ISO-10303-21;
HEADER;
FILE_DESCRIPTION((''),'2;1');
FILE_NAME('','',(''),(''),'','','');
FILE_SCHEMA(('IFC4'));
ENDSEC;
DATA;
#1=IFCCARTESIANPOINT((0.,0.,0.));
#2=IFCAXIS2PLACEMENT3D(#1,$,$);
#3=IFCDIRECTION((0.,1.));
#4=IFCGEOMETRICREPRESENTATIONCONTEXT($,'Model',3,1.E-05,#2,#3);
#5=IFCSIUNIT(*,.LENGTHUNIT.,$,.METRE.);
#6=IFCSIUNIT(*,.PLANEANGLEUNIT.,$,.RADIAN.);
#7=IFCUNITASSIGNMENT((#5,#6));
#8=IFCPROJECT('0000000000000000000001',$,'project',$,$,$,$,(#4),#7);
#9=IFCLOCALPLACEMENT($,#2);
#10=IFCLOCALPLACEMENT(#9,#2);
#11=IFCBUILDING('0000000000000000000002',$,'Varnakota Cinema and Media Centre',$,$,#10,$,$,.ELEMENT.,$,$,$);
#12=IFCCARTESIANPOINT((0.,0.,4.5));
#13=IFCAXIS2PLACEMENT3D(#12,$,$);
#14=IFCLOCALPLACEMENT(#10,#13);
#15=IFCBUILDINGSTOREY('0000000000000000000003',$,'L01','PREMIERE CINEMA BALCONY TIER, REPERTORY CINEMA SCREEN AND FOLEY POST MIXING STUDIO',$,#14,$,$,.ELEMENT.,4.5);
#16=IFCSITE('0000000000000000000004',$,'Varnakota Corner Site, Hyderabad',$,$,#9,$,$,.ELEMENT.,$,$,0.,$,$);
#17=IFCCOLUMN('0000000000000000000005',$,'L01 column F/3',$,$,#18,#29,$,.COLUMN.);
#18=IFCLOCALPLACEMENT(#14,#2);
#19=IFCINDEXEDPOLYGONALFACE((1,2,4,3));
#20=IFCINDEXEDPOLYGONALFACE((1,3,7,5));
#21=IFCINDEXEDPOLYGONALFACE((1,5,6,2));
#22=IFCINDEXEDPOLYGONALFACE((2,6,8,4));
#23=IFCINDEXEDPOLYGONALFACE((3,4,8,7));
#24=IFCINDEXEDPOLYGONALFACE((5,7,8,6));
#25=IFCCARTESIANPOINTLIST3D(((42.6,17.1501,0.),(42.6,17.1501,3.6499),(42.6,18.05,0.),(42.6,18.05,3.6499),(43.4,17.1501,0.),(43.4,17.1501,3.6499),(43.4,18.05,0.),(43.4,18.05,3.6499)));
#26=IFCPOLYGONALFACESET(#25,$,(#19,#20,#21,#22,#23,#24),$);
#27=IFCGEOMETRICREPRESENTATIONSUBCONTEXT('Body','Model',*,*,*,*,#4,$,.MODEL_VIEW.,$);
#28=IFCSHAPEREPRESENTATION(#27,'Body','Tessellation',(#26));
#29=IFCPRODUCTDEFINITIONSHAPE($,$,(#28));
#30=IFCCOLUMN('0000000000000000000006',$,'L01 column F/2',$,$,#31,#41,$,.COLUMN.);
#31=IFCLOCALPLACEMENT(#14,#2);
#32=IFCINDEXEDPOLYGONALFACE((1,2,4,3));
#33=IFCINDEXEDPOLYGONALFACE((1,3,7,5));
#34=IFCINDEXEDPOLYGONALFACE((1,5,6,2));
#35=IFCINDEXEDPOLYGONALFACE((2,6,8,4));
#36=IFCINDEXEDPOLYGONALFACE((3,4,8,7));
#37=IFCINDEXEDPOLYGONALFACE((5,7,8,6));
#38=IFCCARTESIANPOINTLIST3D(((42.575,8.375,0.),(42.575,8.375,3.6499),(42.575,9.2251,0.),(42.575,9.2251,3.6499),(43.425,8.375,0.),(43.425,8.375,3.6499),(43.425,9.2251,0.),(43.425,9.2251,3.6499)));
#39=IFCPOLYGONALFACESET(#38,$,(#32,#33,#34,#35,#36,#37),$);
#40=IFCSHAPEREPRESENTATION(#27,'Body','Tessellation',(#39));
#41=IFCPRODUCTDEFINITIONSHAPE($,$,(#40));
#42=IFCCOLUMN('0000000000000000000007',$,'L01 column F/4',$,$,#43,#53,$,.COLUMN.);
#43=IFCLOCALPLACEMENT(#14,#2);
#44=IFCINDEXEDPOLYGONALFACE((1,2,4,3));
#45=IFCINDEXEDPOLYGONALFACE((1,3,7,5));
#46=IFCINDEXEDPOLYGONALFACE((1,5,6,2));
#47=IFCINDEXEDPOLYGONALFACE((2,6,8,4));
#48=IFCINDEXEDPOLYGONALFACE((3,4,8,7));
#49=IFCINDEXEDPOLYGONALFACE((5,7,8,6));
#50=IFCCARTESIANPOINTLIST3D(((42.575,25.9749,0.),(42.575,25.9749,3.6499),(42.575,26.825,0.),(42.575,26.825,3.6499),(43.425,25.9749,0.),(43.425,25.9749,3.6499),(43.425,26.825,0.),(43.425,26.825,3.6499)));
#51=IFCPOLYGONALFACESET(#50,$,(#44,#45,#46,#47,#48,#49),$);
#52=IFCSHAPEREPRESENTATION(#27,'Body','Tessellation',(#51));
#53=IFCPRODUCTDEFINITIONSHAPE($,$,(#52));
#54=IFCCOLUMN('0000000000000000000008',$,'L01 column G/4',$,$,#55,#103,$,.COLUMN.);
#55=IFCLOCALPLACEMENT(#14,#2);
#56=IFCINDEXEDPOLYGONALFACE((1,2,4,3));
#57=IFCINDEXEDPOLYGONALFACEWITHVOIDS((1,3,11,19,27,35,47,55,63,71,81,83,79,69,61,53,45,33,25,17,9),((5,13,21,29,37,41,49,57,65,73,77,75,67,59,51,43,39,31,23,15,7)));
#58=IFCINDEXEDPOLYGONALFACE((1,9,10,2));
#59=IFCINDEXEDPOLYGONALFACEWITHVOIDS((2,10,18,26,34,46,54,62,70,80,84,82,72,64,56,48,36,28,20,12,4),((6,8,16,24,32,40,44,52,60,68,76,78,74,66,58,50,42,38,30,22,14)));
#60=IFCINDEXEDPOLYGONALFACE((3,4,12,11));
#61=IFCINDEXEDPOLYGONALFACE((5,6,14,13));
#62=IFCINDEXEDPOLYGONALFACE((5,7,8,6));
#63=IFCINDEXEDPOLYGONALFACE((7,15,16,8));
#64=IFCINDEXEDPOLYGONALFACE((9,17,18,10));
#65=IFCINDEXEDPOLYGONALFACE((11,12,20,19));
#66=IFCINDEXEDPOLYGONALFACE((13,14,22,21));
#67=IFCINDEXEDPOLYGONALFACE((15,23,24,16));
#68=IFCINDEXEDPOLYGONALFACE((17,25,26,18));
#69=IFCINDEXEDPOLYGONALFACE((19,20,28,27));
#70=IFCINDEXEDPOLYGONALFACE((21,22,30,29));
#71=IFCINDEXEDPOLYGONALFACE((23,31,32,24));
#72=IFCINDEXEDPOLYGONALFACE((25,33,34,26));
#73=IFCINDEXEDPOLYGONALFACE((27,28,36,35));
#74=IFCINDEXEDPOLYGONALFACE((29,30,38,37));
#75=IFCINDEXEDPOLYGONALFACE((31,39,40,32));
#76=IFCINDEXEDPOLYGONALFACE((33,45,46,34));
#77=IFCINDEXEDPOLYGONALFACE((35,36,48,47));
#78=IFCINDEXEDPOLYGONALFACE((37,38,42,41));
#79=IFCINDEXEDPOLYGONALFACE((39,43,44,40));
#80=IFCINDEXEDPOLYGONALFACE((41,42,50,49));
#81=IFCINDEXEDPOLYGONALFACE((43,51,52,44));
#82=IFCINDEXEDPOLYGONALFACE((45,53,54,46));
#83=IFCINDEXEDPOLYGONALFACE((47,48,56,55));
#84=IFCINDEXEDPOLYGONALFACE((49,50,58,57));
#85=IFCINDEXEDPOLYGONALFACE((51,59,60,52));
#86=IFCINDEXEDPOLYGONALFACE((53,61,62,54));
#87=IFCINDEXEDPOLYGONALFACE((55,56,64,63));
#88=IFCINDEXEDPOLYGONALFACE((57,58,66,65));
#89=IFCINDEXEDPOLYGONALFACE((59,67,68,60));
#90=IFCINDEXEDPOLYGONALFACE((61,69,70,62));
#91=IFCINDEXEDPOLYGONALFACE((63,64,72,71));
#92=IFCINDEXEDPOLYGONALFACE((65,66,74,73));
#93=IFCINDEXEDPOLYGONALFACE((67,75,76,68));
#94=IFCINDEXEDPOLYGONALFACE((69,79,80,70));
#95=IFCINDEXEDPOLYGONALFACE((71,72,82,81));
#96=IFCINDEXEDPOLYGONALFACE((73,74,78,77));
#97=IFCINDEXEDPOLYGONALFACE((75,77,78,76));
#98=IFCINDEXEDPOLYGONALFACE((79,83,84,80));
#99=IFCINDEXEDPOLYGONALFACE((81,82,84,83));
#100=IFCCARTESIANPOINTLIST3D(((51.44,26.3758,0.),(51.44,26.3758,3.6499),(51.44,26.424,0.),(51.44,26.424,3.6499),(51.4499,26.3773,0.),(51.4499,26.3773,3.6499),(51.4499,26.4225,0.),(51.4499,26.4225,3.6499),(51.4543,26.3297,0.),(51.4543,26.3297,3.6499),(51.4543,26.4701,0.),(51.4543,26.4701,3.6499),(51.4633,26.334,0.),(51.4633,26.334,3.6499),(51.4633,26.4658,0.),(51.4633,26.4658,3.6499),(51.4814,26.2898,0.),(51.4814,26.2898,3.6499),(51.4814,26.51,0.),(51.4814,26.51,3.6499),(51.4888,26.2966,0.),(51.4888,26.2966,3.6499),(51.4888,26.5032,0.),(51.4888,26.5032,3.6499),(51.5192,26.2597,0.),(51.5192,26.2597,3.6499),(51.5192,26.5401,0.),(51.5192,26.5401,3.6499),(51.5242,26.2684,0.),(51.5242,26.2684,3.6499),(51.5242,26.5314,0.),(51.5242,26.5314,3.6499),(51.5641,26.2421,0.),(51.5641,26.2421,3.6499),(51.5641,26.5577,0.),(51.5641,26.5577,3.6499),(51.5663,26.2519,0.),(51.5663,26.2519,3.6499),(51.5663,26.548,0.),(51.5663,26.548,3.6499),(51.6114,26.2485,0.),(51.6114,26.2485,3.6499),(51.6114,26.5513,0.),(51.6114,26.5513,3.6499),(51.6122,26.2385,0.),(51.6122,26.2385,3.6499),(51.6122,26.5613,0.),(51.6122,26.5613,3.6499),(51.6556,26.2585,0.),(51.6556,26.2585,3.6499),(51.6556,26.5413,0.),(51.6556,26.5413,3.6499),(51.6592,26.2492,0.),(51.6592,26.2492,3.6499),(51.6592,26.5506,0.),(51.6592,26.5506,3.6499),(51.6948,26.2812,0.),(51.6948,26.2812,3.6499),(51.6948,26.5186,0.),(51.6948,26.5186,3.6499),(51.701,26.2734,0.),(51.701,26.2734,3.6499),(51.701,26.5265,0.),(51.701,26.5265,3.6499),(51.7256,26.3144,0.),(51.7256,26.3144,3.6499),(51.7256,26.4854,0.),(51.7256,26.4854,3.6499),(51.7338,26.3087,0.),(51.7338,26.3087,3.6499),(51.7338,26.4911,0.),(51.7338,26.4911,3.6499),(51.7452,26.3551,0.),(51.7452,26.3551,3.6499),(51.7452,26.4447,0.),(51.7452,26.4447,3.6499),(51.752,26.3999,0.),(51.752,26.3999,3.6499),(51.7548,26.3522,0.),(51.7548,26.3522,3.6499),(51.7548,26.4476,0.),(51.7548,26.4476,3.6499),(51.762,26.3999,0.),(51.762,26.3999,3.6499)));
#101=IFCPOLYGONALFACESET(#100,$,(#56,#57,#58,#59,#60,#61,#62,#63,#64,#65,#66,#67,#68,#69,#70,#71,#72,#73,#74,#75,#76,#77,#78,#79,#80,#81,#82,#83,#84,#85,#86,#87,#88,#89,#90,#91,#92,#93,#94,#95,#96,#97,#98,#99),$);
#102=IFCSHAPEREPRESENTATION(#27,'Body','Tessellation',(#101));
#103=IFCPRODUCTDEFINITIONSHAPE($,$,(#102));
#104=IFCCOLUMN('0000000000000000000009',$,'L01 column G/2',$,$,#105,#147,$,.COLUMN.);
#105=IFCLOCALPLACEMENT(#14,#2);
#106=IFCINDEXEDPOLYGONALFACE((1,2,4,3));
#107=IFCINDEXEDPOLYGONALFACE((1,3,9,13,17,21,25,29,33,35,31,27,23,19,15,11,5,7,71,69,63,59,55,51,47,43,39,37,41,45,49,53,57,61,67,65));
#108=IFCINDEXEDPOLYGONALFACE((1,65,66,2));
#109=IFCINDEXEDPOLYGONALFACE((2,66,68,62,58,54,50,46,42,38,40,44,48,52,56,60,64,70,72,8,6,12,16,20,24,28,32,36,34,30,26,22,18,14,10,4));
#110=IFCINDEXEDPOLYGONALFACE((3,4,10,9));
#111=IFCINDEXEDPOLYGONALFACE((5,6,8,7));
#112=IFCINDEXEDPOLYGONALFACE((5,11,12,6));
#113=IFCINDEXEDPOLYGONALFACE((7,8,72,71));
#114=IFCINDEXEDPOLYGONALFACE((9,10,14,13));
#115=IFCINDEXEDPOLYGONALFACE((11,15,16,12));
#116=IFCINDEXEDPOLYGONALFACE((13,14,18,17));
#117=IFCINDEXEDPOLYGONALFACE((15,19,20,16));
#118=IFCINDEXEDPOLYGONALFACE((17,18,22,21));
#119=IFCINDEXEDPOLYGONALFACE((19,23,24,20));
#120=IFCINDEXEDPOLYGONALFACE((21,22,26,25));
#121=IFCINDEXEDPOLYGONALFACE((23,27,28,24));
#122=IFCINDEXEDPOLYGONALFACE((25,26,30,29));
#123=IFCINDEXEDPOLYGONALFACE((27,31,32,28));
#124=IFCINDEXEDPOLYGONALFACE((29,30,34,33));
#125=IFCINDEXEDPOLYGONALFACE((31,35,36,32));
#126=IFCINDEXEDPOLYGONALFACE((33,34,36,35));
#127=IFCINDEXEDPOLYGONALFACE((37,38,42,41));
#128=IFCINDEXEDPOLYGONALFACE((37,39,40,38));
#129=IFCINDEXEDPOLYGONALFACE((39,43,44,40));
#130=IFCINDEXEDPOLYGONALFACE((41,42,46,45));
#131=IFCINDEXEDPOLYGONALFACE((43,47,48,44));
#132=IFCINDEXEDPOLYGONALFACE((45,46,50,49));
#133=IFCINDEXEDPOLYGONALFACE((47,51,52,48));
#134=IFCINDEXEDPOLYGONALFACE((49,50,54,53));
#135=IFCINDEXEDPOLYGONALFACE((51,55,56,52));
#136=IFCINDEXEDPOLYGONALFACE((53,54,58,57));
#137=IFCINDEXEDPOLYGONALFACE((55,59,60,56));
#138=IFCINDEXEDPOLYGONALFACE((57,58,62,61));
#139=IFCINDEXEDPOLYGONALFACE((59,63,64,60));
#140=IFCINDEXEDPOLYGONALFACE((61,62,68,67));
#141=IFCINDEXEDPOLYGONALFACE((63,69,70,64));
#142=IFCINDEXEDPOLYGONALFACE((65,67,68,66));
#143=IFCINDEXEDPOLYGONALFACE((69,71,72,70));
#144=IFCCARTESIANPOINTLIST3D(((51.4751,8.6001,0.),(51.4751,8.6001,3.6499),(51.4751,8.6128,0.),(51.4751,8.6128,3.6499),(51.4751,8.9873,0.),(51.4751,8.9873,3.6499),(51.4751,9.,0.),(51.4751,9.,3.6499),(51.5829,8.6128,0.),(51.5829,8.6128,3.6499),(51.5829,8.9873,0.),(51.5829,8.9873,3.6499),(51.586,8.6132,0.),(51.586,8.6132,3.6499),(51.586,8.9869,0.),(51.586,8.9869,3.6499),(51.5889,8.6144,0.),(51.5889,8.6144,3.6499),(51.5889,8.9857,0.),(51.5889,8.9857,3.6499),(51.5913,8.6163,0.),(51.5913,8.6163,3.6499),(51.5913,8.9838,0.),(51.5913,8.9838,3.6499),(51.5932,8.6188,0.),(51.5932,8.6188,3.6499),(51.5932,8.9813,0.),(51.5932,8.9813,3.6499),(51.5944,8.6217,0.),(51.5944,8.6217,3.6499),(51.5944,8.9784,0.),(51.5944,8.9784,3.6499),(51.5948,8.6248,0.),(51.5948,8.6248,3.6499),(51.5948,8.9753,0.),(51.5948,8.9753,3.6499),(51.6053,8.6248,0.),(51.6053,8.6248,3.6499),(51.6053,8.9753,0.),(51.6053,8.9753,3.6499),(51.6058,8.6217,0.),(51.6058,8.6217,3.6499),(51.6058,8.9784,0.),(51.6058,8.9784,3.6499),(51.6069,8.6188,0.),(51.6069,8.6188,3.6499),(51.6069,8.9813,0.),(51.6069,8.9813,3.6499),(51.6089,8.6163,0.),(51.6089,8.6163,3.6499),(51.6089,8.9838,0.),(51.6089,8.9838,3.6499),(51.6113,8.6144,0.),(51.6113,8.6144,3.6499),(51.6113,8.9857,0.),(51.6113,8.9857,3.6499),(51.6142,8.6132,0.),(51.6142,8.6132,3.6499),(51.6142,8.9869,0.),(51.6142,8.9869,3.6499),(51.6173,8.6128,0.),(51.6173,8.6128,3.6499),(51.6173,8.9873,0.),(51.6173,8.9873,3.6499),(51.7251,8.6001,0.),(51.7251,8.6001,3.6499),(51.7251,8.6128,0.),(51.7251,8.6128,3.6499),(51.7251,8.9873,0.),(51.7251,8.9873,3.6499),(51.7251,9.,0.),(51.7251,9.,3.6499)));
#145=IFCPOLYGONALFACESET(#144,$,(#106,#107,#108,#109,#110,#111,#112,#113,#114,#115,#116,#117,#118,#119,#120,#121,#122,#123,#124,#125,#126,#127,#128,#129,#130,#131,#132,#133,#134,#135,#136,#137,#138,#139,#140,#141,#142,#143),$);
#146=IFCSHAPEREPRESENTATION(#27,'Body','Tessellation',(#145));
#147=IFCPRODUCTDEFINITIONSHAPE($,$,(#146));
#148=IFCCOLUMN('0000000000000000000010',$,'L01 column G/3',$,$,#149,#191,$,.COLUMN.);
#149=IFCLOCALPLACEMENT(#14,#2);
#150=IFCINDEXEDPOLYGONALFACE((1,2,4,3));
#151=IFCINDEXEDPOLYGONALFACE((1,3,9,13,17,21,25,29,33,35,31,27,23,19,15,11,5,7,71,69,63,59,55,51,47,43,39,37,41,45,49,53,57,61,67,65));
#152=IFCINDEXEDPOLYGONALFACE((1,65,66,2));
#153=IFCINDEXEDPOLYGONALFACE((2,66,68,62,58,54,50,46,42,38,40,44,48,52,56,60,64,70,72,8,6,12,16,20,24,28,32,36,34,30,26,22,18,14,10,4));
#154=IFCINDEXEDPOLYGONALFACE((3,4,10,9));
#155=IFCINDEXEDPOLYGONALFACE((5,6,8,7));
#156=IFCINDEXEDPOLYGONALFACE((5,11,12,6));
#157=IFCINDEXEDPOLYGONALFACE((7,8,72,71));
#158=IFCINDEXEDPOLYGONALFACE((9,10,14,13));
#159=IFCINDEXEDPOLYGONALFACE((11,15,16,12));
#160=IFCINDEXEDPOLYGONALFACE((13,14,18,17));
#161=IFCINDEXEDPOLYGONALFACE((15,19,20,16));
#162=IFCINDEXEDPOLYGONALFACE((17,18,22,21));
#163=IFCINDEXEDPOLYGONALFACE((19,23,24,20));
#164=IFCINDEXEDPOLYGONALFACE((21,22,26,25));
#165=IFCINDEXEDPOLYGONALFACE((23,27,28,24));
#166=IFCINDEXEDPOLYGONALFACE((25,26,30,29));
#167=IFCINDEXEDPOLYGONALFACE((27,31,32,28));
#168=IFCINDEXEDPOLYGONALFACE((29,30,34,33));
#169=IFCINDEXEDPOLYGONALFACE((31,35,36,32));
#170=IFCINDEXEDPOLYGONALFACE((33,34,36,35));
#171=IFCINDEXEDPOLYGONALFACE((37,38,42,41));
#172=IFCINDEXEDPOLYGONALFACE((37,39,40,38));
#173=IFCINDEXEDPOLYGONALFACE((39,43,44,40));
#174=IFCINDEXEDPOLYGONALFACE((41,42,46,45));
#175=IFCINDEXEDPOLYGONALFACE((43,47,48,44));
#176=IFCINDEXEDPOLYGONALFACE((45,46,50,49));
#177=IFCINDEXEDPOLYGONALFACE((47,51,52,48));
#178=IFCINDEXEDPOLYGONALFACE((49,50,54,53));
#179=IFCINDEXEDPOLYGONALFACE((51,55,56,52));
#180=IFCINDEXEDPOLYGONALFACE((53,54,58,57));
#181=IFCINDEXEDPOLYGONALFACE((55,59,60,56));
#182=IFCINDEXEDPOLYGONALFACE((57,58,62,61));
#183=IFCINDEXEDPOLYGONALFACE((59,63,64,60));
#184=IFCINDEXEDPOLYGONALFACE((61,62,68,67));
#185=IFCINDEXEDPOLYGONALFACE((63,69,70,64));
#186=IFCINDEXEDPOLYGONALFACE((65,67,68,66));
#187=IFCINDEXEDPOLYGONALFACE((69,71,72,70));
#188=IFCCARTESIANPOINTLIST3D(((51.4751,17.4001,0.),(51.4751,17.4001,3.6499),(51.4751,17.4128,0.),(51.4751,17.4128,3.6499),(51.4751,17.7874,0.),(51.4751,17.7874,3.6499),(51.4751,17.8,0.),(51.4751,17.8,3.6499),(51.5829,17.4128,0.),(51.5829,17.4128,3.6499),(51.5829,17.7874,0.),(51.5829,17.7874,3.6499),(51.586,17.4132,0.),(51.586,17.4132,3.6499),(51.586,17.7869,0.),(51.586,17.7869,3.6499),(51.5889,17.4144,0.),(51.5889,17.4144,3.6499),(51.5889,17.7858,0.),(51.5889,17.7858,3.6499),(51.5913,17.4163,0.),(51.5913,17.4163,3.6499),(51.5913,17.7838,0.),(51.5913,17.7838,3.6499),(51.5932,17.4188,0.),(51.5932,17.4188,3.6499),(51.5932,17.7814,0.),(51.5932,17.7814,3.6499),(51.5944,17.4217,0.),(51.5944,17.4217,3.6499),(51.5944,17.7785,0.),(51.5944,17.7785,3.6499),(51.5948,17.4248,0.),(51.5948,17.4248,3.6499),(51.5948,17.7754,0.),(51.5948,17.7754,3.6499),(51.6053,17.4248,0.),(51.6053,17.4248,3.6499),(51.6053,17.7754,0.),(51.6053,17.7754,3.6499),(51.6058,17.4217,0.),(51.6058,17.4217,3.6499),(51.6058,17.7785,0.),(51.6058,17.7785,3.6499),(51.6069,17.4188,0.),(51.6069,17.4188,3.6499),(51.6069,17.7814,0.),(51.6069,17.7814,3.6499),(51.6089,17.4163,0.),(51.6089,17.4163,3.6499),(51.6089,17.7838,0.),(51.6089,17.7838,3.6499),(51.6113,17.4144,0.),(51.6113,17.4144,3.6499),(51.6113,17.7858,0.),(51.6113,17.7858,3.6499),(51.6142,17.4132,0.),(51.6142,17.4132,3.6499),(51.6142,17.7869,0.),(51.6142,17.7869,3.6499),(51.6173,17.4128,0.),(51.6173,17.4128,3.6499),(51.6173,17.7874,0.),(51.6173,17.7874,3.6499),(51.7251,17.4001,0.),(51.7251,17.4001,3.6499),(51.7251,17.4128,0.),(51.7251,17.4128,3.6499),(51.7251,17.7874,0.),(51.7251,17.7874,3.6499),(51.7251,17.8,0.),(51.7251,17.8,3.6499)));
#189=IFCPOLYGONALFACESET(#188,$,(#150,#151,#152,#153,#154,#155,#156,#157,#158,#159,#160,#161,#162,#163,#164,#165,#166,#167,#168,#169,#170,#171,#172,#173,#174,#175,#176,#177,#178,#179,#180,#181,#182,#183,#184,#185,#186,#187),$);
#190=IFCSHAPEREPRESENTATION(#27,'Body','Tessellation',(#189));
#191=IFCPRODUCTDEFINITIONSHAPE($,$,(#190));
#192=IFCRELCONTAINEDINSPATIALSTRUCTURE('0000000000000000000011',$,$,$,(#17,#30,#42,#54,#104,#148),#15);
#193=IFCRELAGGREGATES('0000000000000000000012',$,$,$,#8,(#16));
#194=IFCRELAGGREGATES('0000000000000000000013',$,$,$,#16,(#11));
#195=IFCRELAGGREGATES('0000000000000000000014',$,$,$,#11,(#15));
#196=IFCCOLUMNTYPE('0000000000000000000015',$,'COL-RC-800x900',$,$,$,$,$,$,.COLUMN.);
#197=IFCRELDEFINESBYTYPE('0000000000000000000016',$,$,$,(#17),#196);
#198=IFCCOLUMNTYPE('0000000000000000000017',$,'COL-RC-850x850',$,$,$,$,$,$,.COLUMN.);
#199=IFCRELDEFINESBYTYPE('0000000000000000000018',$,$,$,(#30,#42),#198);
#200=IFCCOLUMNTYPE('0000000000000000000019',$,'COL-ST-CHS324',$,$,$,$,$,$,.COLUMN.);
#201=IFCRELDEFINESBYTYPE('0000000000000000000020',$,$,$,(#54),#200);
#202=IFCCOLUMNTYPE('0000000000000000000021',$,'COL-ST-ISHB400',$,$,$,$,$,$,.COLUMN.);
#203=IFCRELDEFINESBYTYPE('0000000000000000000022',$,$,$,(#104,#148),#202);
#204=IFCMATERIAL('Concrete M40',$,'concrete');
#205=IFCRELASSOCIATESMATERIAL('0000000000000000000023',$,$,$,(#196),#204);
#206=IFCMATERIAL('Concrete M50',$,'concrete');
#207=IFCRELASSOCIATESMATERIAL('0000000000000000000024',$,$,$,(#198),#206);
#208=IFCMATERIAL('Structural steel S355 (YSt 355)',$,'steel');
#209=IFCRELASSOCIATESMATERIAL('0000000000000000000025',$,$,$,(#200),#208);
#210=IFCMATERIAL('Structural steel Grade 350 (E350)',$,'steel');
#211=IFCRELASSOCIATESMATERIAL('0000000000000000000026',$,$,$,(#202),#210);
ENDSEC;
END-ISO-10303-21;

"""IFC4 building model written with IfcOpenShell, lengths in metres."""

from ifc_helpers import new_model, si_unit, direction, frame, origin, origin_2d, place, context, subcontext, project, spatial, rectangle, hollow_circle, i_section, extrude, material, material_profile, profile_set, type_object, element, save


model = new_model("IFC4")

# Units and contexts
model_context = context("Model", 3, precision=1e-05, world=origin(), true_north=direction((0.0, 1.0)))
body_context = subcontext(model_context, "Body", "Model", "MODEL_VIEW")
ifc_project = project(units=[si_unit("LENGTHUNIT", "METRE"), si_unit("PLANEANGLEUNIT", "RADIAN")], contexts=[model_context])

# Site, building, storey
site_placement = place(None, origin())
site = spatial("IfcSite", under=ifc_project, at=site_placement, Name="Varnakota Corner Site, Hyderabad", CompositionType="ELEMENT", RefElevation=0.0)
building_placement = place(site_placement, origin())
building = spatial("IfcBuilding", under=site, at=building_placement, Name="Varnakota Cinema and Media Centre", CompositionType="ELEMENT")
storey_placement = place(building_placement, frame((0.0, 0.0, 4.5)))
storey = spatial("IfcBuildingStorey", under=building, at=storey_placement, Name="L01", Description="PREMIERE CINEMA BALCONY TIER, REPERTORY CINEMA SCREEN AND FOLEY POST MIXING STUDIO", CompositionType="ELEMENT", Elevation=4.5)

# Columns
ifc_material_1 = material(Name="Concrete M40", Category="concrete")
ifc_material_profile_1 = material_profile(ifc_material_1, rectangle(XDim=0.8, YDim=0.8999, at=origin_2d()), Name="RC 800x900")
ifc_profile_set_1 = profile_set([ifc_material_profile_1], Name="Concrete M40")
column_type_1 = type_object("IfcColumnType", Name="COL-RC-800x900", PredefinedType="COLUMN", material=ifc_profile_set_1)
column_1_placement = place(storey_placement, frame((43.0, 17.6001, 0.0), z_axis=(0.0, 0.0, 1.0), x_axis=(1.0, 0.0, 0.0)))
element("IfcColumn", 1, at=column_1_placement, inside=storey, type_object=column_type_1, Name="L01 column F/3", PredefinedType="COLUMN", context=body_context, shape_type="SweptSolid", body=[
    extrude(rectangle(XDim=0.8, YDim=0.8999, at=origin_2d()), origin(), (0.0, 0.0, 1.0), 3.6499),
])
ifc_material_2 = material(Name="Concrete M50", Category="concrete")
ifc_material_profile_2 = material_profile(ifc_material_2, rectangle(XDim=0.8501, YDim=0.8501, at=origin_2d()), Name="RC 850x850")
ifc_profile_set_2 = profile_set([ifc_material_profile_2], Name="Concrete M50")
column_type_2 = type_object("IfcColumnType", Name="COL-RC-850x850", PredefinedType="COLUMN", material=ifc_profile_set_2)
for number, where, z_axis, x_axis, name in (
    (2, (43.0, 8.8, 0.0), (0.0, 0.0, 1.0), (1.0, 0.0, 0.0), "L01 column F/2"),
    (3, (43.0, 26.3999, 0.0), (0.0, 0.0, 1.0), (1.0, 0.0, 0.0), "L01 column F/4"),
):
    element("IfcColumn", number, at=place(storey_placement, frame(where, z_axis=z_axis, x_axis=x_axis)), inside=storey, type_object=column_type_2, Name=name, PredefinedType="COLUMN", context=body_context, shape_type="SweptSolid", body=[
        extrude(rectangle(XDim=0.8501, YDim=0.8501, at=origin_2d()), origin(), (0.0, 0.0, 1.0), 3.6499),
    ])
ifc_material_3 = material(Name="Structural steel S355 (YSt 355)", Category="steel")
ifc_material_profile_3 = material_profile(ifc_material_3, hollow_circle(Radius=0.1619, WallThickness=0.01, at=origin_2d()), Name="CHS 323.9x10.0")
ifc_profile_set_3 = profile_set([ifc_material_profile_3], Name="Structural steel S355 (YSt 355)")
column_type_3 = type_object("IfcColumnType", Name="COL-ST-CHS324", PredefinedType="COLUMN", material=ifc_profile_set_3)
column_2_placement = place(storey_placement, frame((51.6001, 26.3999, 0.0), z_axis=(0.0, 0.0, 1.0), x_axis=(1.0, 0.0, 0.0)))
element("IfcColumn", 4, at=column_2_placement, inside=storey, type_object=column_type_3, Name="L01 column G/4", PredefinedType="COLUMN", context=body_context, shape_type="SweptSolid", body=[
    extrude(hollow_circle(Radius=0.1619, WallThickness=0.01, at=origin_2d()), origin(), (0.0, 0.0, 1.0), 3.6499),
])
ifc_material_4 = material(Name="Structural steel Grade 350 (E350)", Category="steel")
ifc_material_profile_4 = material_profile(ifc_material_4, i_section(OverallWidth=0.25, OverallDepth=0.3999, WebThickness=0.0105, FlangeThickness=0.0127, FilletRadius=0.012, at=origin_2d()), Name="ISHB 400")
ifc_profile_set_4 = profile_set([ifc_material_profile_4], Name="Structural steel Grade 350 (E350)")
column_type_4 = type_object("IfcColumnType", Name="COL-ST-ISHB400", PredefinedType="COLUMN", material=ifc_profile_set_4)
for number, where, z_axis, x_axis, name in (
    (5, (51.6001, 8.8, 0.0), (0.0, 0.0, 1.0), (1.0, 0.0, 0.0), "L01 column G/2"),
    (6, (51.6001, 17.6001, 0.0), (0.0, 0.0, 1.0), (1.0, 0.0, 0.0), "L01 column G/3"),
):
    element("IfcColumn", number, at=place(storey_placement, frame(where, z_axis=z_axis, x_axis=x_axis)), inside=storey, type_object=column_type_4, Name=name, PredefinedType="COLUMN", context=body_context, shape_type="SweptSolid", body=[
        extrude(i_section(OverallWidth=0.25, OverallDepth=0.3999, WebThickness=0.0105, FlangeThickness=0.0127, FilletRadius=0.012, at=origin_2d()), origin(), (0.0, 0.0, 1.0), 3.6499),
    ])

save(model, "model.ifc")
